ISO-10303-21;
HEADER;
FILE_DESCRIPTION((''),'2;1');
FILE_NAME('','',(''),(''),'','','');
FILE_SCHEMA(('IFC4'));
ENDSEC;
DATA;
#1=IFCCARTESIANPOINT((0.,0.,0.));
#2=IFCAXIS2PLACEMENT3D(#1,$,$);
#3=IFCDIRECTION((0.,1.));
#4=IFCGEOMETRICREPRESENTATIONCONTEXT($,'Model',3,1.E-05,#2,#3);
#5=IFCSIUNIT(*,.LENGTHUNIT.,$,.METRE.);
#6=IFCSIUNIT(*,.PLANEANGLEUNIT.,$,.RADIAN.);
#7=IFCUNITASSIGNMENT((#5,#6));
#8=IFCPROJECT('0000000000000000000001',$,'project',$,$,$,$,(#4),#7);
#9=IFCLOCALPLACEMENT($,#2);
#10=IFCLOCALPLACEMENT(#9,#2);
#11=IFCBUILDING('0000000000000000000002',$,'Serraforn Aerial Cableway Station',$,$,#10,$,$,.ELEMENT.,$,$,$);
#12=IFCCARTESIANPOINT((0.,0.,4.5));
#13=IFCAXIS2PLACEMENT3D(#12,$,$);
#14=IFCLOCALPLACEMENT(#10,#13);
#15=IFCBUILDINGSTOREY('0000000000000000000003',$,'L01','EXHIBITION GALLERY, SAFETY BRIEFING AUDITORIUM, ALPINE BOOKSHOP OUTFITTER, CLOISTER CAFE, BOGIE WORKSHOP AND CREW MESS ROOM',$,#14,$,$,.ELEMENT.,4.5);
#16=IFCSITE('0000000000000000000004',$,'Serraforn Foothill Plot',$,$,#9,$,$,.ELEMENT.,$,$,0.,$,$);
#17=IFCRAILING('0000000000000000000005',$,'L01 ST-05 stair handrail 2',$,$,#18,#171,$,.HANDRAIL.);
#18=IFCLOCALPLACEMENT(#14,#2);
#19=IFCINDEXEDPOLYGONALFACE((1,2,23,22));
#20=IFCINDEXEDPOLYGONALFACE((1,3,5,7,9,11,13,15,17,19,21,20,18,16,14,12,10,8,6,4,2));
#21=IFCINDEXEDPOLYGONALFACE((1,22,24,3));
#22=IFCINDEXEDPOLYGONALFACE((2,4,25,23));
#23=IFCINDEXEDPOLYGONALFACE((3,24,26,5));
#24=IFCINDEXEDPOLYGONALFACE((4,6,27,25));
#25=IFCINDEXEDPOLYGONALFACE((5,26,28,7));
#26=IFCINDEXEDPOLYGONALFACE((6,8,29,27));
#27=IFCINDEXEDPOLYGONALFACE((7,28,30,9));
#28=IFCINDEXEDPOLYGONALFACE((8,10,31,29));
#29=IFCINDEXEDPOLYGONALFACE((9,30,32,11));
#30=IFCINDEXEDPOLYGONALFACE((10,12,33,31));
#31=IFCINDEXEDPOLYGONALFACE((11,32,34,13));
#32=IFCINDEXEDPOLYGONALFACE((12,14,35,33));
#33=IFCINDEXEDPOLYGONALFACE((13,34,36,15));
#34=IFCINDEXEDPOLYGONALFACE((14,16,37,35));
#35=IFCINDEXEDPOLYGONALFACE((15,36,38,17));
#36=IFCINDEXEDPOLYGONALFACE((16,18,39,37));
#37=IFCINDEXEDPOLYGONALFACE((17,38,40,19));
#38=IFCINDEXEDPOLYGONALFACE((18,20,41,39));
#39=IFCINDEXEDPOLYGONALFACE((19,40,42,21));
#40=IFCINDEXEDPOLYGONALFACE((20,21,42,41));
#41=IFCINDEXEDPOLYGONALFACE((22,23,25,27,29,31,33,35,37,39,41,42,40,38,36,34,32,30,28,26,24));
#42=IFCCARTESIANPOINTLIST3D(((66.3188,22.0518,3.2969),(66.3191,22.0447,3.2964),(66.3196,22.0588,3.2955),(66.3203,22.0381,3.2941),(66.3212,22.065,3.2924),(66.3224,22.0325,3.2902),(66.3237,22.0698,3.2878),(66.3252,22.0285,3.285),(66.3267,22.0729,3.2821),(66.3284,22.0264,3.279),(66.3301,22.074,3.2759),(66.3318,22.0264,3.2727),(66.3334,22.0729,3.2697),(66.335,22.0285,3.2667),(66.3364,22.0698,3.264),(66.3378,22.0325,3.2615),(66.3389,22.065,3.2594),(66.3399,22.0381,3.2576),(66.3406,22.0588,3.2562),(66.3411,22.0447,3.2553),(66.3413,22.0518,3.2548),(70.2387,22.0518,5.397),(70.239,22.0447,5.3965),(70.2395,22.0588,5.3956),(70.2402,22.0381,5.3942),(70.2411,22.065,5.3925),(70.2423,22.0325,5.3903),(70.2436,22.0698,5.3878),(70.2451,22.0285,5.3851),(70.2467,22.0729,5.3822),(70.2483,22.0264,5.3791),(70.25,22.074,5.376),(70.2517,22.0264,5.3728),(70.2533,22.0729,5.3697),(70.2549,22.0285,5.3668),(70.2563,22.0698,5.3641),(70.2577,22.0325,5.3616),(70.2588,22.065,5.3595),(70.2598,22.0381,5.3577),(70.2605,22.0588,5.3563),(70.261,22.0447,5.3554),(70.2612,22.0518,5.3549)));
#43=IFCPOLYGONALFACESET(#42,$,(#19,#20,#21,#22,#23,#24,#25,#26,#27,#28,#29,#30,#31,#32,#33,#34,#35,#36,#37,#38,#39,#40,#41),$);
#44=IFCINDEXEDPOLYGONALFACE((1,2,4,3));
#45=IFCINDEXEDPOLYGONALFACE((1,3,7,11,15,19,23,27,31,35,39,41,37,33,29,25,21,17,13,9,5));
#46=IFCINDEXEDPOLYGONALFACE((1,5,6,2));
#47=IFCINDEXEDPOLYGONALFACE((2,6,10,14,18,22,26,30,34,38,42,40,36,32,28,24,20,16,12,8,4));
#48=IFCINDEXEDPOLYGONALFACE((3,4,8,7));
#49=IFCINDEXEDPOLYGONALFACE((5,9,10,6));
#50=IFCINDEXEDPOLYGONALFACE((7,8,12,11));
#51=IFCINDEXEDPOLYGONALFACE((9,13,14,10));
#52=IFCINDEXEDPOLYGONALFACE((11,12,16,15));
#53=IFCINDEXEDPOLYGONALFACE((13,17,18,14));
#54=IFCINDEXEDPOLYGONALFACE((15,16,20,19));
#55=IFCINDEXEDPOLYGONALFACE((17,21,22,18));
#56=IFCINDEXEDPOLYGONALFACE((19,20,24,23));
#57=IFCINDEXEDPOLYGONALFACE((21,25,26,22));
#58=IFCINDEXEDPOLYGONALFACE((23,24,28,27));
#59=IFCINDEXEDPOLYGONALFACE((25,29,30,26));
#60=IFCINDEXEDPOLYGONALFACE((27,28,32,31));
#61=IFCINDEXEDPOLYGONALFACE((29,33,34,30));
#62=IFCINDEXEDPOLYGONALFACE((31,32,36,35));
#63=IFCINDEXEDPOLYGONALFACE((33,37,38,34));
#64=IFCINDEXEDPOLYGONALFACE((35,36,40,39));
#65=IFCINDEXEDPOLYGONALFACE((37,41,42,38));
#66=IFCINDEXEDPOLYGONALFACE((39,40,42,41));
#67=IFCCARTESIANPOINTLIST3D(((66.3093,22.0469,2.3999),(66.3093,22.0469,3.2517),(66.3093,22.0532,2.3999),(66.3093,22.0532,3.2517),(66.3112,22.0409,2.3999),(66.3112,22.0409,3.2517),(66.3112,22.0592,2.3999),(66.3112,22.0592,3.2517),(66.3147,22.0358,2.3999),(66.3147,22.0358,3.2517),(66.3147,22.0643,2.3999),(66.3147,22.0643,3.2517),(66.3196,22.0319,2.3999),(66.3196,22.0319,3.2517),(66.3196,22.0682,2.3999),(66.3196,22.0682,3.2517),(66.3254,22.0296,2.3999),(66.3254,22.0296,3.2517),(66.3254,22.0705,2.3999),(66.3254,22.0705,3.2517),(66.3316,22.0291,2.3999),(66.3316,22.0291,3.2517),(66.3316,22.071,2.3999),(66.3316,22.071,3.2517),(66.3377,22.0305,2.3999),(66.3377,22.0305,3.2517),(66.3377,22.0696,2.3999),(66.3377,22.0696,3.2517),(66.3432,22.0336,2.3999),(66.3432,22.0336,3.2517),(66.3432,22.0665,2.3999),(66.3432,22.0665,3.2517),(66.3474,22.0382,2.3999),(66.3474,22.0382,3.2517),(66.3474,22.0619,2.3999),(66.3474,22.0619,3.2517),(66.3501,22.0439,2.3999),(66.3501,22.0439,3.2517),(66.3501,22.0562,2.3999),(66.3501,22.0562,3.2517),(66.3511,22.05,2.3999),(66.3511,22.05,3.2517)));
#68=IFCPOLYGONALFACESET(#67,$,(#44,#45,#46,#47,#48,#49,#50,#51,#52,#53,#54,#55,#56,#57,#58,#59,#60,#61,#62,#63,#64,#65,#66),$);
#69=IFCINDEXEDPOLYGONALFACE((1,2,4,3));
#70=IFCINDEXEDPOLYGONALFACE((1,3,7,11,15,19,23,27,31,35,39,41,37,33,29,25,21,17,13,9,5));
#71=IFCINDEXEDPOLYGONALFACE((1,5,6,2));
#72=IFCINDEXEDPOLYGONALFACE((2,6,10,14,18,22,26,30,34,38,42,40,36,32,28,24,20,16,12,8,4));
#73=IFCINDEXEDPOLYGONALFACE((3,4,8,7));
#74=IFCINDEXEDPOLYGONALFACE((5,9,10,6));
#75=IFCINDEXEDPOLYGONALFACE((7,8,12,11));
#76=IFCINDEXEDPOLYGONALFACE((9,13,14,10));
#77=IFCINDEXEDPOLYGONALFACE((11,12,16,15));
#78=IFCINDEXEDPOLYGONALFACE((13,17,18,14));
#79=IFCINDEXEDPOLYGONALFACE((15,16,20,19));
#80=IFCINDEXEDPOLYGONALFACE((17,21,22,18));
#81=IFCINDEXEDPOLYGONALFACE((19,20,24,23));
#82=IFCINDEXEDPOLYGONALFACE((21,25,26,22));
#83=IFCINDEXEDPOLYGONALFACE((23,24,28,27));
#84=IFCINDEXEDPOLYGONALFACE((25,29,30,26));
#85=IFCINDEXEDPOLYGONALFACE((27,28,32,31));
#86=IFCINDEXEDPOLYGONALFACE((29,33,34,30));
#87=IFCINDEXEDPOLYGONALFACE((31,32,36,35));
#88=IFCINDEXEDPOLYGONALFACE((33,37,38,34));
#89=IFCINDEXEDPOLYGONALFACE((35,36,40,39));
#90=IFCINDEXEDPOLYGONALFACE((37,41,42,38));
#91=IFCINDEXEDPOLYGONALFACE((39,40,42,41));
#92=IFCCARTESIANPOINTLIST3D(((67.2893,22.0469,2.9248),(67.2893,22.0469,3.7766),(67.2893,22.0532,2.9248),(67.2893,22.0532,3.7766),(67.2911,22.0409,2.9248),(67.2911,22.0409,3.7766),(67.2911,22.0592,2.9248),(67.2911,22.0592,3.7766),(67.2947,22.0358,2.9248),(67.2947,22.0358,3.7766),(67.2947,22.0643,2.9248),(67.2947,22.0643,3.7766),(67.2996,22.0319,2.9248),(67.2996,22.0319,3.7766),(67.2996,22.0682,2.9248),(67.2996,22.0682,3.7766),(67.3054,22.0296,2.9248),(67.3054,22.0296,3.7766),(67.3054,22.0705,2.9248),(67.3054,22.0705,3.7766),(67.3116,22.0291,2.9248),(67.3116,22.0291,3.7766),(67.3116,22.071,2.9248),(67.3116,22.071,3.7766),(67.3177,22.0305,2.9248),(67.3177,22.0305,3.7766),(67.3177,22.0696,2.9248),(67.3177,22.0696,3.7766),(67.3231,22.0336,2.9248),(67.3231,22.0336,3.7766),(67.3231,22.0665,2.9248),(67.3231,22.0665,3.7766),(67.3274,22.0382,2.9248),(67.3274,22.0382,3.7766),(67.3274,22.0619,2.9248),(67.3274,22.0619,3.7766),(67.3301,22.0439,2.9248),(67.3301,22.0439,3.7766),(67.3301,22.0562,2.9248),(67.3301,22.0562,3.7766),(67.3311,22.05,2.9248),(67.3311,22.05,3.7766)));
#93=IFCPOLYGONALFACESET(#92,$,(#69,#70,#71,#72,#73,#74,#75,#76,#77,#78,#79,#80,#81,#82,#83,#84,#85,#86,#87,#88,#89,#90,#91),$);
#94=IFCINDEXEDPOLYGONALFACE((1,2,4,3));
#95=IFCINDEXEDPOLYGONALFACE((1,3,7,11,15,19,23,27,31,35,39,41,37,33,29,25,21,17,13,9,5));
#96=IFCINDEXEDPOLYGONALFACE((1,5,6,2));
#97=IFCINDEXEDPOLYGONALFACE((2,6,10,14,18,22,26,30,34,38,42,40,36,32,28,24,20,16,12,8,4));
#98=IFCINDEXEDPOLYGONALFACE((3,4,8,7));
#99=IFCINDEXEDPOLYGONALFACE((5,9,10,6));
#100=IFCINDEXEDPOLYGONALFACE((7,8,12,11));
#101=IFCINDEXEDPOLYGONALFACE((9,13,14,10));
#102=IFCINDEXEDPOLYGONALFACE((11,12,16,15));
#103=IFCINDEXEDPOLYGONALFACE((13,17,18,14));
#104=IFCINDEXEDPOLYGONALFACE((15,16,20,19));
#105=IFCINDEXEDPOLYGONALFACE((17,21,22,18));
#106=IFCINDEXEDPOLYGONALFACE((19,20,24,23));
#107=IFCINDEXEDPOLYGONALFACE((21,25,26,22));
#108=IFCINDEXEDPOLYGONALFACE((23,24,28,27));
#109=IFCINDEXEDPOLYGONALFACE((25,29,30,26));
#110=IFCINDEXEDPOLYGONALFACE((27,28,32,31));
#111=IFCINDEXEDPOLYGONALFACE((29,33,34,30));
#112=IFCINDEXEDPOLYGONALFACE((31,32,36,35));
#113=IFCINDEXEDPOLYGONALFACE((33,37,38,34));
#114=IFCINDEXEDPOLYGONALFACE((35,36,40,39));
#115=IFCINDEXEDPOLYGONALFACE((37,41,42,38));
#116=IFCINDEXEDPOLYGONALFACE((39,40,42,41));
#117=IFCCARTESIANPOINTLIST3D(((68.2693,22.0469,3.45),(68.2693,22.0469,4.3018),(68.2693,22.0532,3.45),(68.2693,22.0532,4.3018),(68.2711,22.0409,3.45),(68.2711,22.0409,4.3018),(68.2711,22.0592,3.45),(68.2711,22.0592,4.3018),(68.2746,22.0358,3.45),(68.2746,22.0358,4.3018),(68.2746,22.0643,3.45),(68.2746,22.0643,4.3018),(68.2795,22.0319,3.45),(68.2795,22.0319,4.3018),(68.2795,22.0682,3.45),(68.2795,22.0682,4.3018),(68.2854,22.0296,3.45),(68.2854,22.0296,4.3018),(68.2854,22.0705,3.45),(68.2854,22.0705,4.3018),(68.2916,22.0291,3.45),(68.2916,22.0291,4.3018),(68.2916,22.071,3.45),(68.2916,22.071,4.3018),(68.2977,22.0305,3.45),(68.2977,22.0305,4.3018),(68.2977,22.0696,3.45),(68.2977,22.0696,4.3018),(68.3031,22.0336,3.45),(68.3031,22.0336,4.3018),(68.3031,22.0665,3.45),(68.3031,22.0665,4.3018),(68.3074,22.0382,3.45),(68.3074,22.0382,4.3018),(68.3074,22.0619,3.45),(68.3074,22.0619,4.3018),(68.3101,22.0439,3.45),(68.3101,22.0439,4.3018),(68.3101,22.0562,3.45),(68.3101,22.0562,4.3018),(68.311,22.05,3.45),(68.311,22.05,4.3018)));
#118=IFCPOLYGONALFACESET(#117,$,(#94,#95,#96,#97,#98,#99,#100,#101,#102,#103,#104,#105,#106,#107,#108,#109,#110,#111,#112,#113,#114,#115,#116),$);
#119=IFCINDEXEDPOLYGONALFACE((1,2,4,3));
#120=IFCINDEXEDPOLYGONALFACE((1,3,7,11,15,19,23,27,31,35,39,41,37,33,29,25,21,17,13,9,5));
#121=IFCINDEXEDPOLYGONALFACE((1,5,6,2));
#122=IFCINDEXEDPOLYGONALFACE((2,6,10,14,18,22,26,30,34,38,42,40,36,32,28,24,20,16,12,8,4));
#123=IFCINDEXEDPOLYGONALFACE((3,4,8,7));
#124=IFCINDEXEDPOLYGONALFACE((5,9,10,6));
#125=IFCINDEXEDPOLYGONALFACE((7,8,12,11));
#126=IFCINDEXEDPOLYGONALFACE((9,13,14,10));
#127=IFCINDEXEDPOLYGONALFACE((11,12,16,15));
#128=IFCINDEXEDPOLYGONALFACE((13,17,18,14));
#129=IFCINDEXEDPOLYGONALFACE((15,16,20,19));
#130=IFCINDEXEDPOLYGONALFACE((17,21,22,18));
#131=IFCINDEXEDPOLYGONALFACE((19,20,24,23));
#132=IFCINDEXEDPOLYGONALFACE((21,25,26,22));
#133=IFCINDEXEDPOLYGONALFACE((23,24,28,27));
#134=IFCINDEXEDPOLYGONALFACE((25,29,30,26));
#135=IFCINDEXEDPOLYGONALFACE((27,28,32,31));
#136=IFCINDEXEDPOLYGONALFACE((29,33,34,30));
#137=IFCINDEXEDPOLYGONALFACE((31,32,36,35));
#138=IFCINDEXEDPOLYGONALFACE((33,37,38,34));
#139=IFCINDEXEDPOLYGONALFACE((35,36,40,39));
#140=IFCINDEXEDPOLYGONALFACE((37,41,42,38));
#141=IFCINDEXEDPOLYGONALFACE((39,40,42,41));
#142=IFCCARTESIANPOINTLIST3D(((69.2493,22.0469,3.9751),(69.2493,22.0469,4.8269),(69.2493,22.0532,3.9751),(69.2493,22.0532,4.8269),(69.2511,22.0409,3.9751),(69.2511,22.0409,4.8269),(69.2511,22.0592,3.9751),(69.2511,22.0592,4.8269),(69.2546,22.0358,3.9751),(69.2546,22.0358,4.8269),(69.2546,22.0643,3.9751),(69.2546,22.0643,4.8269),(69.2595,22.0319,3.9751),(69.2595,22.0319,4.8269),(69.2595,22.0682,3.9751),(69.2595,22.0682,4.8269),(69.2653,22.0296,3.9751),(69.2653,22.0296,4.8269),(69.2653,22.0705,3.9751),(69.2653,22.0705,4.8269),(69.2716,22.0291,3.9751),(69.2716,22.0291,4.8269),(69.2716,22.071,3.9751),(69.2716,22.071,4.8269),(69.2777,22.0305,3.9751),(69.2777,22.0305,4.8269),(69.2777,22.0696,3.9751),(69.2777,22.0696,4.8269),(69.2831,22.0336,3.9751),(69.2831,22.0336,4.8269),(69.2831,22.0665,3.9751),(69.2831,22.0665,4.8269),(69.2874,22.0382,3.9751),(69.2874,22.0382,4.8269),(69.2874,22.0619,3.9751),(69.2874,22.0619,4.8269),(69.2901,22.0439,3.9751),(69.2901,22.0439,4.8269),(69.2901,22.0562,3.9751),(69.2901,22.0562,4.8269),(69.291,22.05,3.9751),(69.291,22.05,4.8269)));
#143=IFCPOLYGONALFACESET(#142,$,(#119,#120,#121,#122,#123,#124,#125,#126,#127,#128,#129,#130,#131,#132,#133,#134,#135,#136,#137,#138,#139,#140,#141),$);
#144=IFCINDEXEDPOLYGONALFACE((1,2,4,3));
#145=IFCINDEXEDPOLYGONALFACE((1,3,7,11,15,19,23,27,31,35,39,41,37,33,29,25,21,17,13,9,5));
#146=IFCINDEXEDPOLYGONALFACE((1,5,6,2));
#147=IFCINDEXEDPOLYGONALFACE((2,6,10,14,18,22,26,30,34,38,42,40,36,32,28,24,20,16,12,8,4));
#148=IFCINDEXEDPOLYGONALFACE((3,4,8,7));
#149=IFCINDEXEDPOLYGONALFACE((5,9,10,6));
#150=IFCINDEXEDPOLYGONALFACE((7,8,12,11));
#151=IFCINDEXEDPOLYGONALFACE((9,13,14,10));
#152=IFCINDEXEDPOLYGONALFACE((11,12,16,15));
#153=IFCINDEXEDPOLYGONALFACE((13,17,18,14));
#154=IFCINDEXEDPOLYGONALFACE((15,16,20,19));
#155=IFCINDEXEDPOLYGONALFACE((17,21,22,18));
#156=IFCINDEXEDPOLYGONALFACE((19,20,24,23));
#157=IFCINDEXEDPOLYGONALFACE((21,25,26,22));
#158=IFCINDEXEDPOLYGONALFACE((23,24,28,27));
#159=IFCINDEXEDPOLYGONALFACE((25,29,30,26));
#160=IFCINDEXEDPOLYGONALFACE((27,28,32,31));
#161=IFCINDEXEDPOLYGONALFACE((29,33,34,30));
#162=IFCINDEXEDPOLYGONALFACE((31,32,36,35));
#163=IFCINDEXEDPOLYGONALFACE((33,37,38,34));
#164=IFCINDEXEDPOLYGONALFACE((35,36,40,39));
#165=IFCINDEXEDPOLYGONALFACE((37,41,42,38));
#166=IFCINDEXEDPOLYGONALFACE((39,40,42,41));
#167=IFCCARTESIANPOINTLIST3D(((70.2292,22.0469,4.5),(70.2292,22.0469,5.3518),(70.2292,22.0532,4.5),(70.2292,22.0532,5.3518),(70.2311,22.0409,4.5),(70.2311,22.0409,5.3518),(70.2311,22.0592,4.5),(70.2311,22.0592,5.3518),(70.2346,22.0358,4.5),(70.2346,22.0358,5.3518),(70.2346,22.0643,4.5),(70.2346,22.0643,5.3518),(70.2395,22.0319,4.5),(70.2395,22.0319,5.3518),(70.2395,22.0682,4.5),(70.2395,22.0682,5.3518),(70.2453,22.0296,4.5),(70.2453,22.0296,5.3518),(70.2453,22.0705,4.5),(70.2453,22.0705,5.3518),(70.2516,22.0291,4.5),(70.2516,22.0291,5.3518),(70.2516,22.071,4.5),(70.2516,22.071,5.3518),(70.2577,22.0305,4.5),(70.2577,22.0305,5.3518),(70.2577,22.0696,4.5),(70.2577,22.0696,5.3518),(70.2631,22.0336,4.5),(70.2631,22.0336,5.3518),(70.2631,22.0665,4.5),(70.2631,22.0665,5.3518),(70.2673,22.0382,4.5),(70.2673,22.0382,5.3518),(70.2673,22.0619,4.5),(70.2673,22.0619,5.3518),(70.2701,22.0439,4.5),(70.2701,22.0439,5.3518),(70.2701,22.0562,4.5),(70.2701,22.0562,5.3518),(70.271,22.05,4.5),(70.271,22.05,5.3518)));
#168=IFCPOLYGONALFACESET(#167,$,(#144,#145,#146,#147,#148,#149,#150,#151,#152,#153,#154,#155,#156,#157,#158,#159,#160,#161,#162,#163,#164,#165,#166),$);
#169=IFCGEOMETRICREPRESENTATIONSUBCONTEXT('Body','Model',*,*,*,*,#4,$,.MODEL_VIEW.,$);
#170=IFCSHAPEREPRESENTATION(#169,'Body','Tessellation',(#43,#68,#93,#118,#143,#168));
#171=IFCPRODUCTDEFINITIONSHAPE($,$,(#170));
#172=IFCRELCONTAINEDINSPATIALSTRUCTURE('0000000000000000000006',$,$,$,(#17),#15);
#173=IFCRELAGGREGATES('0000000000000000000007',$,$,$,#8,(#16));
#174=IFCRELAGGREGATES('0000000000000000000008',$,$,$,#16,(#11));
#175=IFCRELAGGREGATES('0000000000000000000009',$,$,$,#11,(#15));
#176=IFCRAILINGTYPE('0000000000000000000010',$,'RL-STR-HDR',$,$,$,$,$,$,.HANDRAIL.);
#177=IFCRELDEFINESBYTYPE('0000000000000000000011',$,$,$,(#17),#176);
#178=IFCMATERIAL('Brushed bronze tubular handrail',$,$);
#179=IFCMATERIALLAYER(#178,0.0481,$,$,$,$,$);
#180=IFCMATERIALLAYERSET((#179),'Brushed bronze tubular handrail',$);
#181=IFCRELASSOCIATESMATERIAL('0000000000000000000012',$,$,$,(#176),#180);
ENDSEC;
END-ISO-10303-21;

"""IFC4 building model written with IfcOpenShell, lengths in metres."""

from ifc_helpers import new_model, si_unit, direction, frame, origin, origin_2d, place, context, subcontext, project, spatial, circle, extrude, material, layer, layer_set, type_object, element, save


model = new_model("IFC4")

# Units and contexts
model_context = context("Model", 3, precision=1e-05, world=origin(), true_north=direction((0.0, 1.0)))
body_context = subcontext(model_context, "Body", "Model", "MODEL_VIEW")
ifc_project = project(units=[si_unit("LENGTHUNIT", "METRE"), si_unit("PLANEANGLEUNIT", "RADIAN")], contexts=[model_context])

# Site, building, storey
site_placement = place(None, origin())
site = spatial("IfcSite", under=ifc_project, at=site_placement, Name="Serraforn Foothill Plot", CompositionType="ELEMENT", RefElevation=0.0)
building_placement = place(site_placement, origin())
building = spatial("IfcBuilding", under=site, at=building_placement, Name="Serraforn Aerial Cableway Station", CompositionType="ELEMENT")
storey_placement = place(building_placement, frame((0.0, 0.0, 4.5)))
storey = spatial("IfcBuildingStorey", under=building, at=storey_placement, Name="L01", Description="EXHIBITION GALLERY, SAFETY BRIEFING AUDITORIUM, ALPINE BOOKSHOP OUTFITTER, CLOISTER CAFE, BOGIE WORKSHOP AND CREW MESS ROOM", CompositionType="ELEMENT", Elevation=4.5)

# Railing
ifc_material_1 = material(Name="Brushed bronze tubular handrail")
ifc_layer_1 = layer(ifc_material_1, 0.0481)
ifc_layer_set_1 = layer_set([ifc_layer_1], Name="Brushed bronze tubular handrail")
railing_type_1 = type_object("IfcRailingType", Name="RL-STR-HDR", PredefinedType="HANDRAIL", material=ifc_layer_set_1)
railing_1_placement = place(storey_placement, frame((66.3301, 22.05, 2.3999)))
element("IfcRailing", 1, at=railing_1_placement, inside=storey, type_object=railing_type_1, Name="L01 ST-05 stair handrail 2", PredefinedType="HANDRAIL", context=body_context, shape_type="SweptSolid", body=[
    extrude(circle(Radius=0.0239, at=origin_2d()), frame((0.0, 0.0, 0.876), z_axis=(0.881467, 0.0, 0.472246), x_axis=(0.0, 1.0, 0.0)), (0.0, 0.0, 1.0), 4.447),
    extrude(circle(Radius=0.021, at=origin_2d()), origin(), (0.0, 0.0, 1.0), 0.8518),
    extrude(circle(Radius=0.021, at=origin_2d()), frame((0.98, 0.0, 0.5249)), (0.0, 0.0, 1.0), 0.8518),
    extrude(circle(Radius=0.021, at=origin_2d()), frame((1.96, 0.0, 1.05)), (0.0, 0.0, 1.0), 0.8518),
    extrude(circle(Radius=0.021, at=origin_2d()), frame((2.9399, 0.0, 1.5752)), (0.0, 0.0, 1.0), 0.8518),
    extrude(circle(Radius=0.021, at=origin_2d()), frame((3.9199, 0.0, 2.1001)), (0.0, 0.0, 1.0), 0.8518),
])

save(model, "model.ifc")
